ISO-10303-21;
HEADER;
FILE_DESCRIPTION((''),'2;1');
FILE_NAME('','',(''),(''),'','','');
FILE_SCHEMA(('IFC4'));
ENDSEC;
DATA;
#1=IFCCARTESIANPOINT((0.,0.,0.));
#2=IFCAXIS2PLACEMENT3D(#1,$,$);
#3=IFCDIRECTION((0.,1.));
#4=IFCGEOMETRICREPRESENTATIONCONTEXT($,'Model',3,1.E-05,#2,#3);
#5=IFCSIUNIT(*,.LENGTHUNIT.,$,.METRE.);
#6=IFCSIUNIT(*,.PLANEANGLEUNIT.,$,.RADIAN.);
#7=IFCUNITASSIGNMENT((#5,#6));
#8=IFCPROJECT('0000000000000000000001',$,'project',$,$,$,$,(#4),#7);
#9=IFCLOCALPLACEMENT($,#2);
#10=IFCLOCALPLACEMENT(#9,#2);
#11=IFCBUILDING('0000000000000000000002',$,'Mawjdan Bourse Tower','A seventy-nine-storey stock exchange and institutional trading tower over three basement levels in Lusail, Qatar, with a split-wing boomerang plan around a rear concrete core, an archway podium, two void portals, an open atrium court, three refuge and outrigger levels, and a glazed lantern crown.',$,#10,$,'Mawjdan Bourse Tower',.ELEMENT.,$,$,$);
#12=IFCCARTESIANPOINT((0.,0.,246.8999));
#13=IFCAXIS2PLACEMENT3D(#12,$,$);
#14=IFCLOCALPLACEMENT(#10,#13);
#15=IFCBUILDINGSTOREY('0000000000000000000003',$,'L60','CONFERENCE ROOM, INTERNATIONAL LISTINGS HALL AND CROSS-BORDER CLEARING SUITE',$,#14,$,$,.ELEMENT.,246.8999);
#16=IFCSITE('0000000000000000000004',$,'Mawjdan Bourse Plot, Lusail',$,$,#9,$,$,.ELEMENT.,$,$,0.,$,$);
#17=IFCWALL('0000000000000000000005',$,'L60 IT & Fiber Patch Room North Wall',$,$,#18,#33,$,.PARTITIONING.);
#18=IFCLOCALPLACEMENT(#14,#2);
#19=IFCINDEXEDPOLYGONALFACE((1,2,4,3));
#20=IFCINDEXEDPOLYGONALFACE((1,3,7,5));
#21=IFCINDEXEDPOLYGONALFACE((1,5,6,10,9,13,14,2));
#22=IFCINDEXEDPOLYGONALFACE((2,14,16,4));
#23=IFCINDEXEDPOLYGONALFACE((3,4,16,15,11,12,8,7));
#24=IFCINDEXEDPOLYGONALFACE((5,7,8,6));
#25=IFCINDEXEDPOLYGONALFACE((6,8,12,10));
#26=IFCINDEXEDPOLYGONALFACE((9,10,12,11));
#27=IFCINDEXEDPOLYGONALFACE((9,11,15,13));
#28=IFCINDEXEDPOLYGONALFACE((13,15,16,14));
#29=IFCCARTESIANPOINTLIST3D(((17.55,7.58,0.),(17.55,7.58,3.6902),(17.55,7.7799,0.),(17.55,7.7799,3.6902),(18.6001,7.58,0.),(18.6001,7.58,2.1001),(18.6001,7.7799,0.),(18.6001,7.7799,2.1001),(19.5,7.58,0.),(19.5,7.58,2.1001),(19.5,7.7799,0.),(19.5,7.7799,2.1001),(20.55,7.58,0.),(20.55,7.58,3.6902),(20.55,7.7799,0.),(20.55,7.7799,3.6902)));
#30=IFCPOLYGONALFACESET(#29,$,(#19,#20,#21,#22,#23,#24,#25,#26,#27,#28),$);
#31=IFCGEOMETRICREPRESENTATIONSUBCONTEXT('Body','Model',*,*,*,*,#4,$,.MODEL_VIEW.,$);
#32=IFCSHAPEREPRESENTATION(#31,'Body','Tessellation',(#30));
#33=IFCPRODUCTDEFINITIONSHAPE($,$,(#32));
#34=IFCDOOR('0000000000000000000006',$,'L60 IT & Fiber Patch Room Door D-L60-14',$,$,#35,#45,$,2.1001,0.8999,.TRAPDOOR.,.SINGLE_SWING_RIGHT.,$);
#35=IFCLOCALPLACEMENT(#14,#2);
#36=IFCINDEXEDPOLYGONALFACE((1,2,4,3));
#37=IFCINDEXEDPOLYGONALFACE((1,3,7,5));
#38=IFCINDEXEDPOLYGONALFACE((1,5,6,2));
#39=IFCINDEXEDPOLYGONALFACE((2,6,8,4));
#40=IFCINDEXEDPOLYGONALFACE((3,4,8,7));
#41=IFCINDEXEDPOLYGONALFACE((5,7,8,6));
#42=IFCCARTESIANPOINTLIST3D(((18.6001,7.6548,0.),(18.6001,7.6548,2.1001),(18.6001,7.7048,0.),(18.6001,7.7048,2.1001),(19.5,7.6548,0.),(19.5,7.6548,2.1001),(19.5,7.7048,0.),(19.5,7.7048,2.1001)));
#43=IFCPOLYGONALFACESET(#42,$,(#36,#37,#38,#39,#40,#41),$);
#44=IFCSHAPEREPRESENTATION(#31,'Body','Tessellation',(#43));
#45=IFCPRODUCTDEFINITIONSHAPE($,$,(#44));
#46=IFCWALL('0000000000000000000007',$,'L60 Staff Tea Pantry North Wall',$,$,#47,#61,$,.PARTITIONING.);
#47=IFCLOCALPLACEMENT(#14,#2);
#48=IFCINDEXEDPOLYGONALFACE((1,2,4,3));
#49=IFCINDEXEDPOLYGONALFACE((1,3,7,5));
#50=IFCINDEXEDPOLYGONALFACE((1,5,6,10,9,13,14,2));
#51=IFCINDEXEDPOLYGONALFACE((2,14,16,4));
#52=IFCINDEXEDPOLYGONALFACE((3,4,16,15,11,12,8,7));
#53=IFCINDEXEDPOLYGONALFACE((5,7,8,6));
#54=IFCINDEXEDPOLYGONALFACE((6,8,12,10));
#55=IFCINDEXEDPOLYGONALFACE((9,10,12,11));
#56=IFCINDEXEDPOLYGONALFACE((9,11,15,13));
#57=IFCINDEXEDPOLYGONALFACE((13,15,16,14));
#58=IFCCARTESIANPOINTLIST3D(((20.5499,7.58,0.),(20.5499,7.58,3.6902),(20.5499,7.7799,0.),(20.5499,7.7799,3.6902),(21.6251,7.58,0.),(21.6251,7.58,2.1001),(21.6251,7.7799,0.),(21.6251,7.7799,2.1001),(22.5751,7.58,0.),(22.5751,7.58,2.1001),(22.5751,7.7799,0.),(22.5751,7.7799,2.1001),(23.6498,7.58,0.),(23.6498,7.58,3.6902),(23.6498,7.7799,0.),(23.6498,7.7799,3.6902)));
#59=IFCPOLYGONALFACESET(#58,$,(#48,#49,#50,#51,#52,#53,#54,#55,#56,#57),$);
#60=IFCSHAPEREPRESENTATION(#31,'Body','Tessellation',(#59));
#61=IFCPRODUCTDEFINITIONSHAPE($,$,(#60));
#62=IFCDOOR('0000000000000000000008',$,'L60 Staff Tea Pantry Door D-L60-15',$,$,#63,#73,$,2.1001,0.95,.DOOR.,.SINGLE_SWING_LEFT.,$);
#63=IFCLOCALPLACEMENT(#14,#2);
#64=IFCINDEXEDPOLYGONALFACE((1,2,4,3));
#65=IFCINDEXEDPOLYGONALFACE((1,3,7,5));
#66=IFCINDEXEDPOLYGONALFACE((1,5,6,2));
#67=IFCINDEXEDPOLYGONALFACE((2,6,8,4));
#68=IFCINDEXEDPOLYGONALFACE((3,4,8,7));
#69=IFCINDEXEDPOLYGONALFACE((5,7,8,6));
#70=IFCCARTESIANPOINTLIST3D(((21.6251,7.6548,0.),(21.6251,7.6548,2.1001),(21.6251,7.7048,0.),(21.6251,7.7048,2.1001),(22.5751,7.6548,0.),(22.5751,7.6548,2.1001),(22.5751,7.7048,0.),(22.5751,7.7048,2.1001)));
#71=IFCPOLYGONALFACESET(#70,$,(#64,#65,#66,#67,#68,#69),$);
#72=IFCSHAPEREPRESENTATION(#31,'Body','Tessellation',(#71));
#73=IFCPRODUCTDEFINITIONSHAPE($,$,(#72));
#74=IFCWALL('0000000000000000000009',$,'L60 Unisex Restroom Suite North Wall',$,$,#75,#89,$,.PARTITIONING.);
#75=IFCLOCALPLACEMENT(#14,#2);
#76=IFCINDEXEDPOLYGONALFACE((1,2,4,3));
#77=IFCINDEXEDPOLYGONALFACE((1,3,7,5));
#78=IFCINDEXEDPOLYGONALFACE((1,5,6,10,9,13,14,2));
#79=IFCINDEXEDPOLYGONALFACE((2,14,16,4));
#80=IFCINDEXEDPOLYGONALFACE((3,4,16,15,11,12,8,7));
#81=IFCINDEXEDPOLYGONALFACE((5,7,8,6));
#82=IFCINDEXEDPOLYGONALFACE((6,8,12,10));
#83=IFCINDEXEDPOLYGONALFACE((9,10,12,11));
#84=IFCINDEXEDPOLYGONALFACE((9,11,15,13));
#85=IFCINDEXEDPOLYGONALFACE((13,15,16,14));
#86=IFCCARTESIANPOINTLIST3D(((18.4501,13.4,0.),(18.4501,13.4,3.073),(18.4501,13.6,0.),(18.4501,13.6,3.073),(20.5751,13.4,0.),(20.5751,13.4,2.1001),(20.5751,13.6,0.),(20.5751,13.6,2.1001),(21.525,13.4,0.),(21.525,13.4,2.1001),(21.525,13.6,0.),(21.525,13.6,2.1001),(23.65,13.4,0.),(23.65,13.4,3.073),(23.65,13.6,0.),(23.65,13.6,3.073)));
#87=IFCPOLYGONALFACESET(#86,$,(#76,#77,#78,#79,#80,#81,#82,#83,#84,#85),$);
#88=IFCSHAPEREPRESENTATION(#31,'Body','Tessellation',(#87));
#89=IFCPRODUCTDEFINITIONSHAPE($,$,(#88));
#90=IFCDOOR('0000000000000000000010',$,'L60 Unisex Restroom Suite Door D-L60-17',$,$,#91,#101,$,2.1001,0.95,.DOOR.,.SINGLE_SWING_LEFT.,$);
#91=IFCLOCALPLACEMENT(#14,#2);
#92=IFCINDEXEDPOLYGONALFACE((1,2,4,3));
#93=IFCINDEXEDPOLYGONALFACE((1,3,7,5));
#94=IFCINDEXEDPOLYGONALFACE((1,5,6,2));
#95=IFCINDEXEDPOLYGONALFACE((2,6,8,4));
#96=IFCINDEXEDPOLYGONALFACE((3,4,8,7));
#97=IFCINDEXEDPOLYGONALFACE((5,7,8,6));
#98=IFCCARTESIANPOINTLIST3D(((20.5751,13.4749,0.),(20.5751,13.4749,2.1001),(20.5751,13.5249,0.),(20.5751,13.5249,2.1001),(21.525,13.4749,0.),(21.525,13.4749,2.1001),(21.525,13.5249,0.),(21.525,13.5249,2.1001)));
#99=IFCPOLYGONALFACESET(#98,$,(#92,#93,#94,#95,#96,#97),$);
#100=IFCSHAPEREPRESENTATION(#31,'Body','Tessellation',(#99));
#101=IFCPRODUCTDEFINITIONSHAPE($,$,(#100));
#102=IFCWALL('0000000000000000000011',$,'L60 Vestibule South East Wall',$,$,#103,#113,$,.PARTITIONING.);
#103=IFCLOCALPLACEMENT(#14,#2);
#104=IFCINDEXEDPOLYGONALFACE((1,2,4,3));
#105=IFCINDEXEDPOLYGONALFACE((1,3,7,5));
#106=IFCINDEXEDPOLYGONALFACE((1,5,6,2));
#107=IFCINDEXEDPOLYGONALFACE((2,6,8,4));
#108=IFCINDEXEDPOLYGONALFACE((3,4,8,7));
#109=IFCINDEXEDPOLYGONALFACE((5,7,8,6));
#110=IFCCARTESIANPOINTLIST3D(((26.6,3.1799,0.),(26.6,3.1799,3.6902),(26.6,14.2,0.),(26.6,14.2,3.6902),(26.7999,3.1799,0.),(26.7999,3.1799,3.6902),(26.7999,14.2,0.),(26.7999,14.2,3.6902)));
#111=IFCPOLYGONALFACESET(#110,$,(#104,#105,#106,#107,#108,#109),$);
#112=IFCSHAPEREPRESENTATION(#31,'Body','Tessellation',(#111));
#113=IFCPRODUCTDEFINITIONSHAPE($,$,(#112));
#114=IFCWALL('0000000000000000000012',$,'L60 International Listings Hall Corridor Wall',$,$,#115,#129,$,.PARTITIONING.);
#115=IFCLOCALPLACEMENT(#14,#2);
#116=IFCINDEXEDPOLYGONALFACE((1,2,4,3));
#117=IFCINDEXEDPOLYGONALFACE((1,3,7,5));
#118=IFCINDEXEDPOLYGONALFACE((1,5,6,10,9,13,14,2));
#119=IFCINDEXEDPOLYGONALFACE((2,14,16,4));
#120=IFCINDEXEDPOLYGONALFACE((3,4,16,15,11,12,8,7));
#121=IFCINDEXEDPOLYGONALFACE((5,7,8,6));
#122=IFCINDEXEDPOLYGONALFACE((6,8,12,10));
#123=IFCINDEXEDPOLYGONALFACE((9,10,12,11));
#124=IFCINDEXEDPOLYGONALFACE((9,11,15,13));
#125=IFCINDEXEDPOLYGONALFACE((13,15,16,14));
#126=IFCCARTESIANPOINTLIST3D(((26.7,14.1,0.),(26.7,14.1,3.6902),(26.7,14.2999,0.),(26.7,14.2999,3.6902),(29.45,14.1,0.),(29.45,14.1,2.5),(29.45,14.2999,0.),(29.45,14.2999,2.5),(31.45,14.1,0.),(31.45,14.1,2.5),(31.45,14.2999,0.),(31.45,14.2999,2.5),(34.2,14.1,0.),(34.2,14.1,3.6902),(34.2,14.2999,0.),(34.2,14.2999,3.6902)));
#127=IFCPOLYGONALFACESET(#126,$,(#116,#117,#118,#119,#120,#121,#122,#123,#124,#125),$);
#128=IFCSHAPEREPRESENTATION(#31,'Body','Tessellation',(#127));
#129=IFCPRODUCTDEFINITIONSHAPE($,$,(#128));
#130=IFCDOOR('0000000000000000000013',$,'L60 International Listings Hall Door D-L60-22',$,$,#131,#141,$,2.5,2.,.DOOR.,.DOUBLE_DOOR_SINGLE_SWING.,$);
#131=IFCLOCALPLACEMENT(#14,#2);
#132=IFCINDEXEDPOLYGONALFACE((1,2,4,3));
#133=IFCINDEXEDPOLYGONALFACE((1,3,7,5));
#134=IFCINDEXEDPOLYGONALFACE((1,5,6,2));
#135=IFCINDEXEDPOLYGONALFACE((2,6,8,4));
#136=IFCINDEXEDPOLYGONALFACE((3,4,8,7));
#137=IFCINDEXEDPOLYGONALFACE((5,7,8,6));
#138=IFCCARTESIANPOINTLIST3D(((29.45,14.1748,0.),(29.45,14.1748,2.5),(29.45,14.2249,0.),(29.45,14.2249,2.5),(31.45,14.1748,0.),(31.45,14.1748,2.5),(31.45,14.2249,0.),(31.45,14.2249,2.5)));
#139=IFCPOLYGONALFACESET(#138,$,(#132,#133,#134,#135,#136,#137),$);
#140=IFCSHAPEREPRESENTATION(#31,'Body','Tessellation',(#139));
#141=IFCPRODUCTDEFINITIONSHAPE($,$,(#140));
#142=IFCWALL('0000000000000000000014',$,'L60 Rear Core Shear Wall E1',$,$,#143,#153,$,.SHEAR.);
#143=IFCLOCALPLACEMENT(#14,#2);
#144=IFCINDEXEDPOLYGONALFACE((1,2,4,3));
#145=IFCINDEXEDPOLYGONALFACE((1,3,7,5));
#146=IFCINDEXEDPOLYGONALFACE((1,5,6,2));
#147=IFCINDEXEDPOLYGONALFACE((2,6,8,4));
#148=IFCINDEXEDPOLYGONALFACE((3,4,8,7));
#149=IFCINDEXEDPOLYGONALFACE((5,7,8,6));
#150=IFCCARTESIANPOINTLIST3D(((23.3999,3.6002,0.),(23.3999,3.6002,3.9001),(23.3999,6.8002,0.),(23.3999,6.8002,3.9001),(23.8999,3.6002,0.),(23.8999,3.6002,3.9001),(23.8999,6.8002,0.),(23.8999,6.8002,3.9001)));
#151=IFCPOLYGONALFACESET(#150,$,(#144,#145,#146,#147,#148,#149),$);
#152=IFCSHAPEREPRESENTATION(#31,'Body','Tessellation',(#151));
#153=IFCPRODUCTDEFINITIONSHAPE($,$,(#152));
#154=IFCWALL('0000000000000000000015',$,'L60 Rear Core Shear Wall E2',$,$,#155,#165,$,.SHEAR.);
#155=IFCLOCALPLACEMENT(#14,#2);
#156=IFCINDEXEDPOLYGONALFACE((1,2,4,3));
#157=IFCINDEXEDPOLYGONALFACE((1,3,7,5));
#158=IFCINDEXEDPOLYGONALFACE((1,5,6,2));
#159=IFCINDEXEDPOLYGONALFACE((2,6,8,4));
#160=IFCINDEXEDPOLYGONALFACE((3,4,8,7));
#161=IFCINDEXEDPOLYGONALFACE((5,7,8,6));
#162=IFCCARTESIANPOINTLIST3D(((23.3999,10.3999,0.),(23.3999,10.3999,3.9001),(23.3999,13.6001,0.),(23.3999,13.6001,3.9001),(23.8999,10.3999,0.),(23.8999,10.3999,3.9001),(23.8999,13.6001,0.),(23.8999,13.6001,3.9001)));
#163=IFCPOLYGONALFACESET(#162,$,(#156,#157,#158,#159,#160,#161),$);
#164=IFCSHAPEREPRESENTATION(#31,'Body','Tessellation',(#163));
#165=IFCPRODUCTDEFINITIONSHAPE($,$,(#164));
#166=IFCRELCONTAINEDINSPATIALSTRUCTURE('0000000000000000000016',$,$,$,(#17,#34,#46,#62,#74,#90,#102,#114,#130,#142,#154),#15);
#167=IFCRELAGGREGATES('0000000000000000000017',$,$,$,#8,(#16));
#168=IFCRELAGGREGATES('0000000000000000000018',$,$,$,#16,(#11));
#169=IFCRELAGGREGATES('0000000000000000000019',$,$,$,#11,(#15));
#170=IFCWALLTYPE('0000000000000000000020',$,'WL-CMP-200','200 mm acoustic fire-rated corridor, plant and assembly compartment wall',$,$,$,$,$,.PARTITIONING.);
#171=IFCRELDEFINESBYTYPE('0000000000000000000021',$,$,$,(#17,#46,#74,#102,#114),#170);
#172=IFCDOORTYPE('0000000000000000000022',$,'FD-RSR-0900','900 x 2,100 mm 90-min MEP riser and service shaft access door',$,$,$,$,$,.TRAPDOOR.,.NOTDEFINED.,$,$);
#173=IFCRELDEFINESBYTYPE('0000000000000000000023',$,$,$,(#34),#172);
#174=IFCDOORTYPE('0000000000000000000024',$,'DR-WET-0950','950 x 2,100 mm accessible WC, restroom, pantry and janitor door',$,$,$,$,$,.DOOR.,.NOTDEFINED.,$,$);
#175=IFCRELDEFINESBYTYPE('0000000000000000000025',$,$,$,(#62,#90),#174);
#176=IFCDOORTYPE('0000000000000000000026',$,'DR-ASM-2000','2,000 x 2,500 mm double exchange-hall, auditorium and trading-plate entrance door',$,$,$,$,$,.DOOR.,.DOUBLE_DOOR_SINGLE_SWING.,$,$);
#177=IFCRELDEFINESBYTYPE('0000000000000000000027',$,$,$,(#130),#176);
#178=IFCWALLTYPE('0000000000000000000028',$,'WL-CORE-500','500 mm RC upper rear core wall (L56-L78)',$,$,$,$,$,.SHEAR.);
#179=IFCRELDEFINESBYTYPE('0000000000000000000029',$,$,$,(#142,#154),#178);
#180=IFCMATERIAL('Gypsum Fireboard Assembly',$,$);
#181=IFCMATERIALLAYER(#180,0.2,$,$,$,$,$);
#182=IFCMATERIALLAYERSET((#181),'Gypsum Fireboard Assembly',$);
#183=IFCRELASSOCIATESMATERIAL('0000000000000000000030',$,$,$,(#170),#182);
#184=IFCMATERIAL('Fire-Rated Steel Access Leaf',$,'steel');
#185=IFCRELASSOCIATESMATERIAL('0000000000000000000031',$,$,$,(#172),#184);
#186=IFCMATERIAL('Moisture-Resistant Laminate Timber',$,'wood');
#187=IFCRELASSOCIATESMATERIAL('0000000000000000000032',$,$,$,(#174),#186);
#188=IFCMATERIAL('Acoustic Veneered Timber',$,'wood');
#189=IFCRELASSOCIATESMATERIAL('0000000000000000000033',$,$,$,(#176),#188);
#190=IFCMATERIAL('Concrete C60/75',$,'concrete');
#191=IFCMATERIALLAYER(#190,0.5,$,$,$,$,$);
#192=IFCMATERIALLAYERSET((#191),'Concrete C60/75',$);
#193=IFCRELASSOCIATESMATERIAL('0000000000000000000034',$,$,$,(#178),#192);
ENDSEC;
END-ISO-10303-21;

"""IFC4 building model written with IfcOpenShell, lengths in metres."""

from ifc_helpers import new_model, si_unit, direction, frame, frame_2d, origin, place, context, subcontext, project, spatial, rectangle, extrude, material, layer, layer_set, type_object, element, fill, save


model = new_model("IFC4")

# Units and contexts
model_context = context("Model", 3, precision=1e-05, world=origin(), true_north=direction((0.0, 1.0)))
body_context = subcontext(model_context, "Body", "Model", "MODEL_VIEW")
ifc_project = project(units=[si_unit("LENGTHUNIT", "METRE"), si_unit("PLANEANGLEUNIT", "RADIAN")], contexts=[model_context])

# Site, building, storey
site_placement = place(None, origin())
site = spatial("IfcSite", under=ifc_project, at=site_placement, Name="Mawjdan Bourse Plot, Lusail", CompositionType="ELEMENT", RefElevation=0.0)
building_placement = place(site_placement, origin())
building = spatial("IfcBuilding", under=site, at=building_placement, Name="Mawjdan Bourse Tower", Description="A seventy-nine-storey stock exchange and institutional trading tower over three basement levels in Lusail, Qatar, with a split-wing boomerang plan around a rear concrete core, an archway podium, two void portals, an open atrium court, three refuge and outrigger levels, and a glazed lantern crown.", LongName="Mawjdan Bourse Tower", CompositionType="ELEMENT")
storey_placement = place(building_placement, frame((0.0, 0.0, 246.8999)))
storey = spatial("IfcBuildingStorey", under=building, at=storey_placement, Name="L60", Description="CONFERENCE ROOM, INTERNATIONAL LISTINGS HALL AND CROSS-BORDER CLEARING SUITE", CompositionType="ELEMENT", Elevation=246.8999)

# Shared definitions
ifc_material_1 = material(Name="Concrete C60/75", Category="concrete")

# Walls, openings, doors
ifc_material_2 = material(Name="Gypsum Fireboard Assembly")
ifc_layer_1 = layer(ifc_material_2, 0.2)
ifc_layer_set_1 = layer_set([ifc_layer_1], Name="Gypsum Fireboard Assembly")
wall_type_1 = type_object("IfcWallType", Name="WL-CMP-200", Description="200 mm acoustic fire-rated corridor, plant and assembly compartment wall", PredefinedType="PARTITIONING", material=ifc_layer_set_1)
wall_1_placement = place(storey_placement, frame((17.55, 7.6799, 0.0), z_axis=(0.0, 0.0, 1.0), x_axis=(1.0, 0.0, 0.0)))
wall_1 = element("IfcWall", 1, at=wall_1_placement, inside=storey, type_object=wall_type_1, Name="L60 IT & Fiber Patch Room North Wall", PredefinedType="PARTITIONING", context=body_context, shape_type="SweptSolid", body=[
    extrude(rectangle(XDim=3.0, YDim=0.2, at=frame_2d((1.5, 0.0))), origin(), (0.0, 0.0, 1.0), 3.6902),
])
opening_1_placement = place(wall_1_placement, frame((1.05, 0.0, 0.0)))
opening_1 = element("IfcOpeningElement", 2, at=opening_1_placement, cuts=wall_1, PredefinedType="OPENING", context=body_context, shape_type="SweptSolid", body=[
    extrude(rectangle(XDim=0.8999, YDim=2.1001, at=frame_2d((0.45, 1.05))), frame((0.0, 0.1099, 0.0), z_axis=(0.0, -1.0, 0.0), x_axis=(1.0, 0.0, 0.0)), (0.0, 0.0, 1.0), 0.22),
])
ifc_material_3 = material(Name="Fire-Rated Steel Access Leaf", Category="steel")
door_type_1 = type_object("IfcDoorType", Name="FD-RSR-0900", Description="900 x 2,100 mm 90-min MEP riser and service shaft access door", OperationType="NOTDEFINED", PredefinedType="TRAPDOOR", material=ifc_material_3)
door_1_placement = place(opening_1_placement, origin())
door_1 = element("IfcDoor", 3, at=door_1_placement, inside=storey, type_object=door_type_1, Name="L60 IT & Fiber Patch Room Door D-L60-14", OperationType="SINGLE_SWING_RIGHT", OverallHeight=2.1001, OverallWidth=0.8999, PredefinedType="TRAPDOOR", context=body_context, shape_type="SweptSolid", body=[
    extrude(rectangle(XDim=0.8999, YDim=2.1001, at=frame_2d((0.45, 1.05))), frame((0.0, 0.0249, 0.0), z_axis=(0.0, -1.0, 0.0), x_axis=(1.0, 0.0, 0.0)), (0.0, 0.0, 1.0), 0.05),
])
fill(opening_1, door_1)
wall_2_placement = place(storey_placement, frame((20.55, 7.6799, 0.0), z_axis=(0.0, 0.0, 1.0), x_axis=(1.0, 0.0, 0.0)))
wall_2 = element("IfcWall", 4, at=wall_2_placement, inside=storey, type_object=wall_type_1, Name="L60 Staff Tea Pantry North Wall", PredefinedType="PARTITIONING", context=body_context, shape_type="SweptSolid", body=[
    extrude(rectangle(XDim=3.0999, YDim=0.2, at=frame_2d((1.5498, 0.0))), origin(), (0.0, 0.0, 1.0), 3.6902),
])
opening_2_placement = place(wall_2_placement, frame((1.075, 0.0, 0.0)))
opening_2 = element("IfcOpeningElement", 5, at=opening_2_placement, cuts=wall_2, PredefinedType="OPENING", context=body_context, shape_type="SweptSolid", body=[
    extrude(rectangle(XDim=0.95, YDim=2.1001, at=frame_2d((0.4751, 1.05))), frame((0.0, 0.1099, 0.0), z_axis=(0.0, -1.0, 0.0), x_axis=(1.0, 0.0, 0.0)), (0.0, 0.0, 1.0), 0.22),
])
ifc_material_4 = material(Name="Moisture-Resistant Laminate Timber", Category="wood")
door_type_2 = type_object("IfcDoorType", Name="DR-WET-0950", Description="950 x 2,100 mm accessible WC, restroom, pantry and janitor door", OperationType="NOTDEFINED", PredefinedType="DOOR", material=ifc_material_4)
door_2_placement = place(opening_2_placement, origin())
door_2 = element("IfcDoor", 6, at=door_2_placement, inside=storey, type_object=door_type_2, Name="L60 Staff Tea Pantry Door D-L60-15", OperationType="SINGLE_SWING_LEFT", OverallHeight=2.1001, OverallWidth=0.95, PredefinedType="DOOR", context=body_context, shape_type="SweptSolid", body=[
    extrude(rectangle(XDim=0.95, YDim=2.1001, at=frame_2d((0.4751, 1.05))), frame((0.0, 0.0249, 0.0), z_axis=(0.0, -1.0, 0.0), x_axis=(1.0, 0.0, 0.0)), (0.0, 0.0, 1.0), 0.05),
])
fill(opening_2, door_2)
wall_3_placement = place(storey_placement, frame((18.45, 13.5, 0.0), z_axis=(0.0, 0.0, 1.0), x_axis=(1.0, 0.0, 0.0)))
wall_3 = element("IfcWall", 7, at=wall_3_placement, inside=storey, type_object=wall_type_1, Name="L60 Unisex Restroom Suite North Wall", PredefinedType="PARTITIONING", context=body_context, shape_type="SweptSolid", body=[
    extrude(rectangle(XDim=5.2, YDim=0.2, at=frame_2d((2.6001, 0.0))), origin(), (0.0, 0.0, 1.0), 3.073),
])
opening_3_placement = place(wall_3_placement, frame((2.125, 0.0, 0.0)))
opening_3 = element("IfcOpeningElement", 8, at=opening_3_placement, cuts=wall_3, PredefinedType="OPENING", context=body_context, shape_type="SweptSolid", body=[
    extrude(rectangle(XDim=0.95, YDim=2.1001, at=frame_2d((0.4751, 1.05))), frame((0.0, 0.1099, 0.0), z_axis=(0.0, -1.0, 0.0), x_axis=(1.0, 0.0, 0.0)), (0.0, 0.0, 1.0), 0.22),
])
door_3_placement = place(opening_3_placement, origin())
door_3 = element("IfcDoor", 9, at=door_3_placement, inside=storey, type_object=door_type_2, Name="L60 Unisex Restroom Suite Door D-L60-17", OperationType="SINGLE_SWING_LEFT", OverallHeight=2.1001, OverallWidth=0.95, PredefinedType="DOOR", context=body_context, shape_type="SweptSolid", body=[
    extrude(rectangle(XDim=0.95, YDim=2.1001, at=frame_2d((0.4751, 1.05))), frame((0.0, 0.0249, 0.0), z_axis=(0.0, -1.0, 0.0), x_axis=(1.0, 0.0, 0.0)), (0.0, 0.0, 1.0), 0.05),
])
fill(opening_3, door_3)

# Wall
wall_4_placement = place(storey_placement, frame((26.7, 3.1799, 0.0), z_axis=(0.0, 0.0, 1.0), x_axis=(0.0, 1.0, 0.0)))
element("IfcWall", 10, at=wall_4_placement, inside=storey, type_object=wall_type_1, Name="L60 Vestibule South East Wall", PredefinedType="PARTITIONING", context=body_context, shape_type="SweptSolid", body=[
    extrude(rectangle(XDim=11.02, YDim=0.2, at=frame_2d((5.51, 0.0))), origin(), (0.0, 0.0, 1.0), 3.6902),
])

# Wall, opening, door
wall_5_placement = place(storey_placement, frame((26.7, 14.2, 0.0), z_axis=(0.0, 0.0, 1.0), x_axis=(1.0, 0.0, 0.0)))
wall_5 = element("IfcWall", 11, at=wall_5_placement, inside=storey, type_object=wall_type_1, Name="L60 International Listings Hall Corridor Wall", PredefinedType="PARTITIONING", context=body_context, shape_type="SweptSolid", body=[
    extrude(rectangle(XDim=7.5, YDim=0.2, at=frame_2d((3.75, 0.0))), origin(), (0.0, 0.0, 1.0), 3.6902),
])
opening_4_placement = place(wall_5_placement, frame((2.75, 0.0, 0.0)))
opening_4 = element("IfcOpeningElement", 12, at=opening_4_placement, cuts=wall_5, PredefinedType="OPENING", context=body_context, shape_type="SweptSolid", body=[
    extrude(rectangle(XDim=2.0, YDim=2.5, at=frame_2d((1.0, 1.25))), frame((0.0, 0.1099, 0.0), z_axis=(0.0, -1.0, 0.0), x_axis=(1.0, 0.0, 0.0)), (0.0, 0.0, 1.0), 0.22),
])
ifc_material_5 = material(Name="Acoustic Veneered Timber", Category="wood")
door_type_3 = type_object("IfcDoorType", Name="DR-ASM-2000", Description="2,000 x 2,500 mm double exchange-hall, auditorium and trading-plate entrance door", OperationType="DOUBLE_DOOR_SINGLE_SWING", PredefinedType="DOOR", material=ifc_material_5)
door_4_placement = place(opening_4_placement, origin())
door_4 = element("IfcDoor", 13, at=door_4_placement, inside=storey, type_object=door_type_3, Name="L60 International Listings Hall Door D-L60-22", OperationType="DOUBLE_DOOR_SINGLE_SWING", OverallHeight=2.5, OverallWidth=2.0, PredefinedType="DOOR", context=body_context, shape_type="SweptSolid", body=[
    extrude(rectangle(XDim=2.0, YDim=2.5, at=frame_2d((1.0, 1.25))), frame((0.0, 0.0249, 0.0), z_axis=(0.0, -1.0, 0.0), x_axis=(1.0, 0.0, 0.0)), (0.0, 0.0, 1.0), 0.05),
])
fill(opening_4, door_4)

# Walls
ifc_layer_2 = layer(ifc_material_1, 0.5)
ifc_layer_set_2 = layer_set([ifc_layer_2], Name="Concrete C60/75")
wall_type_2 = type_object("IfcWallType", Name="WL-CORE-500", Description="500 mm RC upper rear core wall (L56-L78)", PredefinedType="SHEAR", material=ifc_layer_set_2)
wall_6_placement = place(storey_placement, frame((23.6499, 3.6001, 0.0), z_axis=(0.0, 0.0, 1.0), x_axis=(0.0, 1.0, 0.0)))
element("IfcWall", 14, at=wall_6_placement, inside=storey, type_object=wall_type_2, Name="L60 Rear Core Shear Wall E1", PredefinedType="SHEAR", context=body_context, shape_type="SweptSolid", body=[
    extrude(rectangle(XDim=3.2, YDim=0.5, at=frame_2d((1.6001, 0.0))), origin(), (0.0, 0.0, 1.0), 3.9001),
])
wall_7_placement = place(storey_placement, frame((23.6499, 10.3999, 0.0), z_axis=(0.0, 0.0, 1.0), x_axis=(0.0, 1.0, 0.0)))
element("IfcWall", 15, at=wall_7_placement, inside=storey, type_object=wall_type_2, Name="L60 Rear Core Shear Wall E2", PredefinedType="SHEAR", context=body_context, shape_type="SweptSolid", body=[
    extrude(rectangle(XDim=3.2002, YDim=0.5, at=frame_2d((1.6001, 0.0))), origin(), (0.0, 0.0, 1.0), 3.9001),
])

save(model, "model.ifc")
